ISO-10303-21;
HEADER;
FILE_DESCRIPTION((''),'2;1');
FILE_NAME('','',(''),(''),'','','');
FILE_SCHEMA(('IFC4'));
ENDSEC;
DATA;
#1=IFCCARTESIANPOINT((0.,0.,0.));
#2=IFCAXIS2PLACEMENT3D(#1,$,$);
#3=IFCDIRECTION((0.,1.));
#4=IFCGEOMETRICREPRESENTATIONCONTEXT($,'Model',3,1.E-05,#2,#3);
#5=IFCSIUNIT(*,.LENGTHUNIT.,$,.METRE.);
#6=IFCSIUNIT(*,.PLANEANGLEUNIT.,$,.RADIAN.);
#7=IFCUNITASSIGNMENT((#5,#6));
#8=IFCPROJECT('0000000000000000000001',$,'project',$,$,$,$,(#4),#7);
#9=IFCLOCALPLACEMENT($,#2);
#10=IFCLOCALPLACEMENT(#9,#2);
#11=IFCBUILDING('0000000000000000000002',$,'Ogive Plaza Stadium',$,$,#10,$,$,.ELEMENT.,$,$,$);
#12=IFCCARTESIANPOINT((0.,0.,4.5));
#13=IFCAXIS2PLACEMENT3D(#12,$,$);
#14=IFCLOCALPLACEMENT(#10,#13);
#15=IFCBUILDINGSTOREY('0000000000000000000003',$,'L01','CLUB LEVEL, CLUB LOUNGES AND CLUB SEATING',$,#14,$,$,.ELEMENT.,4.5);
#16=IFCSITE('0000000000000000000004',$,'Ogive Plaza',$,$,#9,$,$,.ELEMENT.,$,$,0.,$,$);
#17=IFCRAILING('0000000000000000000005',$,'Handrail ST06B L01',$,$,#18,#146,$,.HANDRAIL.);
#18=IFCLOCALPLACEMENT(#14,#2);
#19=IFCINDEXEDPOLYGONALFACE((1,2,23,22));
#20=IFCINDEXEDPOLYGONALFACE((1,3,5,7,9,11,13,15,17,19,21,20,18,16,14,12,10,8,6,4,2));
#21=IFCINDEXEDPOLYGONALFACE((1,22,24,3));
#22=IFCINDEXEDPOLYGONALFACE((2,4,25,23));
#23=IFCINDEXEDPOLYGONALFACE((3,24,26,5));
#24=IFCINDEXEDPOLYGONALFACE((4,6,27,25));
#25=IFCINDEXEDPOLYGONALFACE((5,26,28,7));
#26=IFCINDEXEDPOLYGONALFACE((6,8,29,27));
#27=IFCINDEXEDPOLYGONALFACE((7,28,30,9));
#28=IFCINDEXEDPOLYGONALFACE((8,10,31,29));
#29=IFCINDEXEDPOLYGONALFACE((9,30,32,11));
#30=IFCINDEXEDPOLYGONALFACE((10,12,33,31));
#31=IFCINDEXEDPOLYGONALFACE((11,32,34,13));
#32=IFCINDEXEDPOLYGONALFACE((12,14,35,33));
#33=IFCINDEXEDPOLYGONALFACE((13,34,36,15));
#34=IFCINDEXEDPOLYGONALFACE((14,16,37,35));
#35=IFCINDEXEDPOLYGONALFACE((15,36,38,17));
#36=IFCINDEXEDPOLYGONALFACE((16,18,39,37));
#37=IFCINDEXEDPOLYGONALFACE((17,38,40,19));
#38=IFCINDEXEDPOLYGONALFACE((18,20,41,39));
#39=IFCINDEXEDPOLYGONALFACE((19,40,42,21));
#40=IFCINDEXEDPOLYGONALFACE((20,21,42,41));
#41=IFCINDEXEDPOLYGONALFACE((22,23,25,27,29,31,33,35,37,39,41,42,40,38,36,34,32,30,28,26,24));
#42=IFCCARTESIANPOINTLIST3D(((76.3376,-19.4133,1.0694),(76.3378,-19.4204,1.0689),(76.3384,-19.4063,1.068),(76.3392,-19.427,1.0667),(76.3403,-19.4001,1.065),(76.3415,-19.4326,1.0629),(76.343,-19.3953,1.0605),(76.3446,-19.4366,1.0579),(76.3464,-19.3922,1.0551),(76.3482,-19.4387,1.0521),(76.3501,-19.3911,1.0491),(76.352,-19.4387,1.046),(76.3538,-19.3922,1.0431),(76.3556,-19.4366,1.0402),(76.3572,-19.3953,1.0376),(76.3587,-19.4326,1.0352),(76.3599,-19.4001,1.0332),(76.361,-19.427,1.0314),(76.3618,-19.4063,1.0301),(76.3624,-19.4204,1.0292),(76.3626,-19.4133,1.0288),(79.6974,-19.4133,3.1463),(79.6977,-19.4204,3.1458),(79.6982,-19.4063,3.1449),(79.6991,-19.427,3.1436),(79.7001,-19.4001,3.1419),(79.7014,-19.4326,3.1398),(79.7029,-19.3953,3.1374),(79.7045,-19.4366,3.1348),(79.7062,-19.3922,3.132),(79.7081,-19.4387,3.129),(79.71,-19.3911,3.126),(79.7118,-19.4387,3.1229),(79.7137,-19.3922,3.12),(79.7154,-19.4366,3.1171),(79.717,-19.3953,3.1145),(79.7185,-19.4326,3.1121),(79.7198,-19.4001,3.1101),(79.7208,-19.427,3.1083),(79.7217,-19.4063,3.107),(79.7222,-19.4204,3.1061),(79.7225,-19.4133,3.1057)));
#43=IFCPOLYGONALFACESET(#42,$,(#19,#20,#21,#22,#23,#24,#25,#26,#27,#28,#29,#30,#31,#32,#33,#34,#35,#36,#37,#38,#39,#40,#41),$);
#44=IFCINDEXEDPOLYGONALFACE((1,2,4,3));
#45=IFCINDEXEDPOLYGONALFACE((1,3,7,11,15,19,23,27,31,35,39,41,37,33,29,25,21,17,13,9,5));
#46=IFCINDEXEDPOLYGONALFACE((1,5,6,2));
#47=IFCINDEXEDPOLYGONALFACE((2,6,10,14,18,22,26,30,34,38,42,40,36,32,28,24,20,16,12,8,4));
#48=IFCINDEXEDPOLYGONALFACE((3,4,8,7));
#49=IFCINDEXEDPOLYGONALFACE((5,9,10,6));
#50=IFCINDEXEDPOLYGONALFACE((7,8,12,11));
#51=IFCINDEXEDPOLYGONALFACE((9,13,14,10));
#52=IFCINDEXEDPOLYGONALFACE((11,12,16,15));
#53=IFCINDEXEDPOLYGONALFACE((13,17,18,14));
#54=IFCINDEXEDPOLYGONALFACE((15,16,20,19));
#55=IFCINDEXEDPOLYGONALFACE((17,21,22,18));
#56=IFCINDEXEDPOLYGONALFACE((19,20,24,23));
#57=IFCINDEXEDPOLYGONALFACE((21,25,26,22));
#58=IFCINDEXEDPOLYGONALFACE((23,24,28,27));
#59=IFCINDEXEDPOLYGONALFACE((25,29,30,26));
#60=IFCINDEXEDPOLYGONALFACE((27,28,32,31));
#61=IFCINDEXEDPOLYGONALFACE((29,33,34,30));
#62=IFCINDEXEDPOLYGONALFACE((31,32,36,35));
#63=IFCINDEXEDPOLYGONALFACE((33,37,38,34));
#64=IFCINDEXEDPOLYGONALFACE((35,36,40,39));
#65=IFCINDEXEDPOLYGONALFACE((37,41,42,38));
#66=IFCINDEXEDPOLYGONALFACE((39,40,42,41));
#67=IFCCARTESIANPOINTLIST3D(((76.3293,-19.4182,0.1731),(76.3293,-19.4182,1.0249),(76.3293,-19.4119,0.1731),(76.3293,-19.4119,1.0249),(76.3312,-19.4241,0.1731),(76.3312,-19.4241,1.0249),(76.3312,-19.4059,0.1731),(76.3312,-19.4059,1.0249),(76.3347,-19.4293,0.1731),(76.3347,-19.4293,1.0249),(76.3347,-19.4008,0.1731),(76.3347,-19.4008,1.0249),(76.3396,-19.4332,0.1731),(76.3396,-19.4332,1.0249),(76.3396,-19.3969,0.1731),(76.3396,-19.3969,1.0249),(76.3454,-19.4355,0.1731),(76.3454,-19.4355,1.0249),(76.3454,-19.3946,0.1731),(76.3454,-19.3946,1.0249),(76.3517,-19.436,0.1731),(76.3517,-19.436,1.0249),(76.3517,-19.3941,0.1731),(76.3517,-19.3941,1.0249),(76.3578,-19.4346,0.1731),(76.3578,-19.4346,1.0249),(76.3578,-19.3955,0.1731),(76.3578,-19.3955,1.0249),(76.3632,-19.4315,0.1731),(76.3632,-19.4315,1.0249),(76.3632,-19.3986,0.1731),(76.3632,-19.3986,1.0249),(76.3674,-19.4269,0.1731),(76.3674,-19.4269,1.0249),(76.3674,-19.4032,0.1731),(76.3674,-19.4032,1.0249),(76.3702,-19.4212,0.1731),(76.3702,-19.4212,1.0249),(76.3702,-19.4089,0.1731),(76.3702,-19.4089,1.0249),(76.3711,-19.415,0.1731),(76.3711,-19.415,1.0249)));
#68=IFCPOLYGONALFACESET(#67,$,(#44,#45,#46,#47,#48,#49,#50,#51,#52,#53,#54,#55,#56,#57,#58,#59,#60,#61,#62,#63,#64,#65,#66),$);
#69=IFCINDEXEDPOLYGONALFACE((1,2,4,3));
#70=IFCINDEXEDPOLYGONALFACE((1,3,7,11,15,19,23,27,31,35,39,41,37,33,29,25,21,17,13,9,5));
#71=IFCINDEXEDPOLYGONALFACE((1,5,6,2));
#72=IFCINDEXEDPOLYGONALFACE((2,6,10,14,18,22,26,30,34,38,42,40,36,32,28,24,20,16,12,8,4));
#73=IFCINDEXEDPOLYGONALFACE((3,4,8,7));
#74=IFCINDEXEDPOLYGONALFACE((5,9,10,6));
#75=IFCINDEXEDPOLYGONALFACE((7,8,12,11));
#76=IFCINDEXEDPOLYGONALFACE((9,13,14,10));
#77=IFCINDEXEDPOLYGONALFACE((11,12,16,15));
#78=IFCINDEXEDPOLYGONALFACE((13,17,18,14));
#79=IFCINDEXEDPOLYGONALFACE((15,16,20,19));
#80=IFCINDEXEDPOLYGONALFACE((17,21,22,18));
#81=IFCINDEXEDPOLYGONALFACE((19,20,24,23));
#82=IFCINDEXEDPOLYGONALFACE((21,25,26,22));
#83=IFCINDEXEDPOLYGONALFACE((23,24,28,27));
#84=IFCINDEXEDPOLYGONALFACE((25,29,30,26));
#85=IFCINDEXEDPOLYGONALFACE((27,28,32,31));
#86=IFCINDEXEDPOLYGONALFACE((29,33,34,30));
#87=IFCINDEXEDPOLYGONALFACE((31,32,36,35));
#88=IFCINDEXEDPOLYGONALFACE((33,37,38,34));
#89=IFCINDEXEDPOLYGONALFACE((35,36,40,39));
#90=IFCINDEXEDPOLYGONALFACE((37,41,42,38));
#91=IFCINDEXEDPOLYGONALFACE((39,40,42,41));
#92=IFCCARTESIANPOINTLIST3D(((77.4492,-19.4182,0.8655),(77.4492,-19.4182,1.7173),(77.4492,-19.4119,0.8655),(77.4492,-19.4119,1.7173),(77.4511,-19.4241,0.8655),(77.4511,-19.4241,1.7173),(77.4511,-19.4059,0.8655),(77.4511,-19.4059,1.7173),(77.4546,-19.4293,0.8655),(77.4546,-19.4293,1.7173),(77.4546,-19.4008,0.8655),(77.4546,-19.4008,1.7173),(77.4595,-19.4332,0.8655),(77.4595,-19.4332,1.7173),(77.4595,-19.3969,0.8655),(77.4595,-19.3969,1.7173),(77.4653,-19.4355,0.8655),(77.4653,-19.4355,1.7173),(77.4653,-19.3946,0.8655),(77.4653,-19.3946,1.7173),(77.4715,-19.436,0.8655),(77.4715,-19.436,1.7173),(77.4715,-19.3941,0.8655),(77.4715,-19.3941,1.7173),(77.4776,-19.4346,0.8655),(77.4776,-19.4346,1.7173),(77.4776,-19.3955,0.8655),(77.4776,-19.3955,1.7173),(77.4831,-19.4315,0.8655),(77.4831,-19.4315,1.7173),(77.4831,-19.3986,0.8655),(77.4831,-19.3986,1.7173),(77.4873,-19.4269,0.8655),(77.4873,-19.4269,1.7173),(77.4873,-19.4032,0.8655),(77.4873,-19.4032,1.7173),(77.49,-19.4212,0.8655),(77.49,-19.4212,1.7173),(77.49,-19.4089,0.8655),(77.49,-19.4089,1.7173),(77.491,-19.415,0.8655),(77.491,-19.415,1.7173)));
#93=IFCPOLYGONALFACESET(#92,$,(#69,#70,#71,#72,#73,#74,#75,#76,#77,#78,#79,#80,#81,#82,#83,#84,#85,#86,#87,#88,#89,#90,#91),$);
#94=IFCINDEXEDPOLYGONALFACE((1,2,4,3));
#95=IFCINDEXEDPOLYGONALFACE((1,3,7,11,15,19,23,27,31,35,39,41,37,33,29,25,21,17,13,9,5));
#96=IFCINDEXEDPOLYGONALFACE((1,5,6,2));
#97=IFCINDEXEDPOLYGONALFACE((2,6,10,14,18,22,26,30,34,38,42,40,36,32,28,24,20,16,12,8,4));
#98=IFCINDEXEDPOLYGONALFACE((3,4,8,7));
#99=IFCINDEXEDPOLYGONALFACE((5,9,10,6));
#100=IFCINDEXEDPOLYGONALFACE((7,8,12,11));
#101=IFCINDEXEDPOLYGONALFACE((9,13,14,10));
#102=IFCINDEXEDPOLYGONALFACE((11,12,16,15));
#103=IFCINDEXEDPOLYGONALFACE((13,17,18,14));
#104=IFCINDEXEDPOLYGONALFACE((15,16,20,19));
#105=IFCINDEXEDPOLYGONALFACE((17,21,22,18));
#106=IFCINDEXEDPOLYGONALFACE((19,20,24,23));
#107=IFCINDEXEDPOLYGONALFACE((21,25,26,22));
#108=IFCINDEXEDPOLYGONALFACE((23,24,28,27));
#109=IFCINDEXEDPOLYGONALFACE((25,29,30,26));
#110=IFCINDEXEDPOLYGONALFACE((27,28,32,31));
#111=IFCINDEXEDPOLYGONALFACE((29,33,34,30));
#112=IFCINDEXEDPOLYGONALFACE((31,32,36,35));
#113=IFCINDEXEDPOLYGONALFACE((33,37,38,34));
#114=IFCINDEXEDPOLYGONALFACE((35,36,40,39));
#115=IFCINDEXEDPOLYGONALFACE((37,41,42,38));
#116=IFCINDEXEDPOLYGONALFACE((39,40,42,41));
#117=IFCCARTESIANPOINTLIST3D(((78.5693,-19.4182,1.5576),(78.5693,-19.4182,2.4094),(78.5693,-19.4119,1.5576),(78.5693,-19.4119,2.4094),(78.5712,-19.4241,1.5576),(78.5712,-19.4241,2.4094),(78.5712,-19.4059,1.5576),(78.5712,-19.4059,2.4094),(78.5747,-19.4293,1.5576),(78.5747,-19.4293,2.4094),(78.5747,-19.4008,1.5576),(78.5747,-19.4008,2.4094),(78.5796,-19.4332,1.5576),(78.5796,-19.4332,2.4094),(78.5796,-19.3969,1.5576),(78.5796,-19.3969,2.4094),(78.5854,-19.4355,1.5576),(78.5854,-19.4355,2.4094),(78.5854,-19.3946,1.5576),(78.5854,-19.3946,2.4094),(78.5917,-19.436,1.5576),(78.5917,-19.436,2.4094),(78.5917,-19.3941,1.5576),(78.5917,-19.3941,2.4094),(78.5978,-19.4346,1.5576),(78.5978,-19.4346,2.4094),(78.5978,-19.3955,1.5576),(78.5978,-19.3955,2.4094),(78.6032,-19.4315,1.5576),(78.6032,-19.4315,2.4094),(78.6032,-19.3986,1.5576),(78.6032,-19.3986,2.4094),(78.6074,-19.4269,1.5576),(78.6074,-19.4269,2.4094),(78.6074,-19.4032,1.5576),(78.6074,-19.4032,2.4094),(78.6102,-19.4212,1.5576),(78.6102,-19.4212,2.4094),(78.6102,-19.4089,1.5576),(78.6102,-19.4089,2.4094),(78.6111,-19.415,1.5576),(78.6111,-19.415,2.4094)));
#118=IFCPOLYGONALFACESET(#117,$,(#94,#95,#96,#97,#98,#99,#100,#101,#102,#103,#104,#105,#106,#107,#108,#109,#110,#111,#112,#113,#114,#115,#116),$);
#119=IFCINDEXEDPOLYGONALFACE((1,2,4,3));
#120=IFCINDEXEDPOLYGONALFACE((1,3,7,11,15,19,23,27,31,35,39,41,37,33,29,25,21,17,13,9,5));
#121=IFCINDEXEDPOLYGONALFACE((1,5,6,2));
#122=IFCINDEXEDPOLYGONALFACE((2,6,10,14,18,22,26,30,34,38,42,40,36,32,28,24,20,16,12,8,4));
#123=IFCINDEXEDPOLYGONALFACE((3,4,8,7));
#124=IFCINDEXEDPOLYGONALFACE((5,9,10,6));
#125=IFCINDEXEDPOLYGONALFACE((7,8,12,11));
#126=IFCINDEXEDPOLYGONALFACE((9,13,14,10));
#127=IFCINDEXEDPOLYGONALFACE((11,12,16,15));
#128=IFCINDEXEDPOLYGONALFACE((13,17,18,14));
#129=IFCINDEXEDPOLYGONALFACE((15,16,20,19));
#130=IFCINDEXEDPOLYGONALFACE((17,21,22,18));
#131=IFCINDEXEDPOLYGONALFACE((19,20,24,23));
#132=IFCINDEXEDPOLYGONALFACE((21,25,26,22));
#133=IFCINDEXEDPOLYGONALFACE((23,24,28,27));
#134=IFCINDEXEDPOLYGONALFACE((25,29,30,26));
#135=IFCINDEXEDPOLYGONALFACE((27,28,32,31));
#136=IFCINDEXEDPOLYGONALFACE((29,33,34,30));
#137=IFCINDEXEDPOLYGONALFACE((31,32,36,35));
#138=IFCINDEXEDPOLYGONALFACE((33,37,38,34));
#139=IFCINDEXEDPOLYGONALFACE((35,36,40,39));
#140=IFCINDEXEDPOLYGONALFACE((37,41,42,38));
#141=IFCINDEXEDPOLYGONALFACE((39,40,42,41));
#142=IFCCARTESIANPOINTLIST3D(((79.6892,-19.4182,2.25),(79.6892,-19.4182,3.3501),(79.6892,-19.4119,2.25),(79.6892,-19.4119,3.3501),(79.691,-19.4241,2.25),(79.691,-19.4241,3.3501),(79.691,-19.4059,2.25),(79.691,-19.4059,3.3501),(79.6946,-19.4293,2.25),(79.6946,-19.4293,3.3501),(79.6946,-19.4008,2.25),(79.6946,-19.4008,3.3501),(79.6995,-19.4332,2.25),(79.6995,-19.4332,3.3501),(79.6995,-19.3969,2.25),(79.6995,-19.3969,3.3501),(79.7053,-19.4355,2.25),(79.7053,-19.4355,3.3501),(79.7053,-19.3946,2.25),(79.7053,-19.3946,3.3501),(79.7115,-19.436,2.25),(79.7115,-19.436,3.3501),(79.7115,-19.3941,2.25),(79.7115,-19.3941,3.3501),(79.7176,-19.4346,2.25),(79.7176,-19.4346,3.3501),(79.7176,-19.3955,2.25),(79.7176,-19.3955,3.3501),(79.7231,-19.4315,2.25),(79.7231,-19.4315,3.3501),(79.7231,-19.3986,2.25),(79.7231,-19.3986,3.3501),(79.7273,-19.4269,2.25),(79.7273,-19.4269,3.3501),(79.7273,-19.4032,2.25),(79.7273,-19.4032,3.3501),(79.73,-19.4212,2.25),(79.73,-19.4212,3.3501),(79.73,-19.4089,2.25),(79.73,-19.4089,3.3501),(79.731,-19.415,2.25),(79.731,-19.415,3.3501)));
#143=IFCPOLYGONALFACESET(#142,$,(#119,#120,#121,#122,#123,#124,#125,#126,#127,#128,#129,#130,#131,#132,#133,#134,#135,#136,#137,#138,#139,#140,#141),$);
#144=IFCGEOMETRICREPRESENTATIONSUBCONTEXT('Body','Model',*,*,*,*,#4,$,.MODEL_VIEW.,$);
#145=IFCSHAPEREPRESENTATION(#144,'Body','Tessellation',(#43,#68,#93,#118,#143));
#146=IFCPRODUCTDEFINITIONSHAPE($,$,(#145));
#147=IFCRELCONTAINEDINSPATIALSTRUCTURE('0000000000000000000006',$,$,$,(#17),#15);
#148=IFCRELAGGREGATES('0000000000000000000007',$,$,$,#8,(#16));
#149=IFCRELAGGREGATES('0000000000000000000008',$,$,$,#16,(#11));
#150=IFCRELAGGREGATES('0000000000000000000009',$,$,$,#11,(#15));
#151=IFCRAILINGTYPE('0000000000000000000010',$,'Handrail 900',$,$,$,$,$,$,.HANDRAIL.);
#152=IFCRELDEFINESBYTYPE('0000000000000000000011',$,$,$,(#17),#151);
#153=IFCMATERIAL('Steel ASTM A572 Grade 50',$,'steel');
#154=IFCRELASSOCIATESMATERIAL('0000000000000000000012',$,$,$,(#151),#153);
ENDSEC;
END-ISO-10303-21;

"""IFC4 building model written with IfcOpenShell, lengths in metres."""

from ifc_helpers import new_model, si_unit, direction, frame, origin, origin_2d, place, context, subcontext, project, spatial, circle, extrude, material, type_object, element, save


model = new_model("IFC4")

# Units and contexts
model_context = context("Model", 3, precision=1e-05, world=origin(), true_north=direction((0.0, 1.0)))
body_context = subcontext(model_context, "Body", "Model", "MODEL_VIEW")
ifc_project = project(units=[si_unit("LENGTHUNIT", "METRE"), si_unit("PLANEANGLEUNIT", "RADIAN")], contexts=[model_context])

# Site, building, storey
site_placement = place(None, origin())
site = spatial("IfcSite", under=ifc_project, at=site_placement, Name="Ogive Plaza", CompositionType="ELEMENT", RefElevation=0.0)
building_placement = place(site_placement, origin())
building = spatial("IfcBuilding", under=site, at=building_placement, Name="Ogive Plaza Stadium", CompositionType="ELEMENT")
storey_placement = place(building_placement, frame((0.0, 0.0, 4.5)))
storey = spatial("IfcBuildingStorey", under=building, at=storey_placement, Name="L01", Description="CLUB LEVEL, CLUB LOUNGES AND CLUB SEATING", CompositionType="ELEMENT", Elevation=4.5)

# Railing
ifc_material_1 = material(Name="Steel ASTM A572 Grade 50", Category="steel")
railing_type_1 = type_object("IfcRailingType", Name="Handrail 900", PredefinedType="HANDRAIL", material=ifc_material_1)
for number, where, name in (
    (1, (76.3501, -19.415, 0.1731), "Handrail ST06B L01"),
):
    element("IfcRailing", number, at=place(storey_placement, frame(where)), inside=storey, type_object=railing_type_1, Name=name, PredefinedType="HANDRAIL", context=body_context, shape_type="SweptSolid", body=[
        extrude(circle(Radius=0.0239, at=origin_2d()), frame((0.0, 0.0, 0.876), z_axis=(0.850606, 0.0, 0.525803), x_axis=(0.0, 1.0, 0.0)), (0.0, 0.0, 1.0), 3.95),
        extrude(circle(Radius=0.021, at=origin_2d()), origin(), (0.0, 0.0, 1.0), 0.8518),
        extrude(circle(Radius=0.021, at=origin_2d()), frame((1.1199, 0.0, 0.6924)), (0.0, 0.0, 1.0), 0.8518),
        extrude(circle(Radius=0.021, at=origin_2d()), frame((2.24, 0.0, 1.3845)), (0.0, 0.0, 1.0), 0.8518),
        extrude(circle(Radius=0.021, at=origin_2d()), frame((3.3599, 0.0, 2.0769)), (0.0, 0.0, 1.0), 1.1001),
    ])

save(model, "model.ifc")
